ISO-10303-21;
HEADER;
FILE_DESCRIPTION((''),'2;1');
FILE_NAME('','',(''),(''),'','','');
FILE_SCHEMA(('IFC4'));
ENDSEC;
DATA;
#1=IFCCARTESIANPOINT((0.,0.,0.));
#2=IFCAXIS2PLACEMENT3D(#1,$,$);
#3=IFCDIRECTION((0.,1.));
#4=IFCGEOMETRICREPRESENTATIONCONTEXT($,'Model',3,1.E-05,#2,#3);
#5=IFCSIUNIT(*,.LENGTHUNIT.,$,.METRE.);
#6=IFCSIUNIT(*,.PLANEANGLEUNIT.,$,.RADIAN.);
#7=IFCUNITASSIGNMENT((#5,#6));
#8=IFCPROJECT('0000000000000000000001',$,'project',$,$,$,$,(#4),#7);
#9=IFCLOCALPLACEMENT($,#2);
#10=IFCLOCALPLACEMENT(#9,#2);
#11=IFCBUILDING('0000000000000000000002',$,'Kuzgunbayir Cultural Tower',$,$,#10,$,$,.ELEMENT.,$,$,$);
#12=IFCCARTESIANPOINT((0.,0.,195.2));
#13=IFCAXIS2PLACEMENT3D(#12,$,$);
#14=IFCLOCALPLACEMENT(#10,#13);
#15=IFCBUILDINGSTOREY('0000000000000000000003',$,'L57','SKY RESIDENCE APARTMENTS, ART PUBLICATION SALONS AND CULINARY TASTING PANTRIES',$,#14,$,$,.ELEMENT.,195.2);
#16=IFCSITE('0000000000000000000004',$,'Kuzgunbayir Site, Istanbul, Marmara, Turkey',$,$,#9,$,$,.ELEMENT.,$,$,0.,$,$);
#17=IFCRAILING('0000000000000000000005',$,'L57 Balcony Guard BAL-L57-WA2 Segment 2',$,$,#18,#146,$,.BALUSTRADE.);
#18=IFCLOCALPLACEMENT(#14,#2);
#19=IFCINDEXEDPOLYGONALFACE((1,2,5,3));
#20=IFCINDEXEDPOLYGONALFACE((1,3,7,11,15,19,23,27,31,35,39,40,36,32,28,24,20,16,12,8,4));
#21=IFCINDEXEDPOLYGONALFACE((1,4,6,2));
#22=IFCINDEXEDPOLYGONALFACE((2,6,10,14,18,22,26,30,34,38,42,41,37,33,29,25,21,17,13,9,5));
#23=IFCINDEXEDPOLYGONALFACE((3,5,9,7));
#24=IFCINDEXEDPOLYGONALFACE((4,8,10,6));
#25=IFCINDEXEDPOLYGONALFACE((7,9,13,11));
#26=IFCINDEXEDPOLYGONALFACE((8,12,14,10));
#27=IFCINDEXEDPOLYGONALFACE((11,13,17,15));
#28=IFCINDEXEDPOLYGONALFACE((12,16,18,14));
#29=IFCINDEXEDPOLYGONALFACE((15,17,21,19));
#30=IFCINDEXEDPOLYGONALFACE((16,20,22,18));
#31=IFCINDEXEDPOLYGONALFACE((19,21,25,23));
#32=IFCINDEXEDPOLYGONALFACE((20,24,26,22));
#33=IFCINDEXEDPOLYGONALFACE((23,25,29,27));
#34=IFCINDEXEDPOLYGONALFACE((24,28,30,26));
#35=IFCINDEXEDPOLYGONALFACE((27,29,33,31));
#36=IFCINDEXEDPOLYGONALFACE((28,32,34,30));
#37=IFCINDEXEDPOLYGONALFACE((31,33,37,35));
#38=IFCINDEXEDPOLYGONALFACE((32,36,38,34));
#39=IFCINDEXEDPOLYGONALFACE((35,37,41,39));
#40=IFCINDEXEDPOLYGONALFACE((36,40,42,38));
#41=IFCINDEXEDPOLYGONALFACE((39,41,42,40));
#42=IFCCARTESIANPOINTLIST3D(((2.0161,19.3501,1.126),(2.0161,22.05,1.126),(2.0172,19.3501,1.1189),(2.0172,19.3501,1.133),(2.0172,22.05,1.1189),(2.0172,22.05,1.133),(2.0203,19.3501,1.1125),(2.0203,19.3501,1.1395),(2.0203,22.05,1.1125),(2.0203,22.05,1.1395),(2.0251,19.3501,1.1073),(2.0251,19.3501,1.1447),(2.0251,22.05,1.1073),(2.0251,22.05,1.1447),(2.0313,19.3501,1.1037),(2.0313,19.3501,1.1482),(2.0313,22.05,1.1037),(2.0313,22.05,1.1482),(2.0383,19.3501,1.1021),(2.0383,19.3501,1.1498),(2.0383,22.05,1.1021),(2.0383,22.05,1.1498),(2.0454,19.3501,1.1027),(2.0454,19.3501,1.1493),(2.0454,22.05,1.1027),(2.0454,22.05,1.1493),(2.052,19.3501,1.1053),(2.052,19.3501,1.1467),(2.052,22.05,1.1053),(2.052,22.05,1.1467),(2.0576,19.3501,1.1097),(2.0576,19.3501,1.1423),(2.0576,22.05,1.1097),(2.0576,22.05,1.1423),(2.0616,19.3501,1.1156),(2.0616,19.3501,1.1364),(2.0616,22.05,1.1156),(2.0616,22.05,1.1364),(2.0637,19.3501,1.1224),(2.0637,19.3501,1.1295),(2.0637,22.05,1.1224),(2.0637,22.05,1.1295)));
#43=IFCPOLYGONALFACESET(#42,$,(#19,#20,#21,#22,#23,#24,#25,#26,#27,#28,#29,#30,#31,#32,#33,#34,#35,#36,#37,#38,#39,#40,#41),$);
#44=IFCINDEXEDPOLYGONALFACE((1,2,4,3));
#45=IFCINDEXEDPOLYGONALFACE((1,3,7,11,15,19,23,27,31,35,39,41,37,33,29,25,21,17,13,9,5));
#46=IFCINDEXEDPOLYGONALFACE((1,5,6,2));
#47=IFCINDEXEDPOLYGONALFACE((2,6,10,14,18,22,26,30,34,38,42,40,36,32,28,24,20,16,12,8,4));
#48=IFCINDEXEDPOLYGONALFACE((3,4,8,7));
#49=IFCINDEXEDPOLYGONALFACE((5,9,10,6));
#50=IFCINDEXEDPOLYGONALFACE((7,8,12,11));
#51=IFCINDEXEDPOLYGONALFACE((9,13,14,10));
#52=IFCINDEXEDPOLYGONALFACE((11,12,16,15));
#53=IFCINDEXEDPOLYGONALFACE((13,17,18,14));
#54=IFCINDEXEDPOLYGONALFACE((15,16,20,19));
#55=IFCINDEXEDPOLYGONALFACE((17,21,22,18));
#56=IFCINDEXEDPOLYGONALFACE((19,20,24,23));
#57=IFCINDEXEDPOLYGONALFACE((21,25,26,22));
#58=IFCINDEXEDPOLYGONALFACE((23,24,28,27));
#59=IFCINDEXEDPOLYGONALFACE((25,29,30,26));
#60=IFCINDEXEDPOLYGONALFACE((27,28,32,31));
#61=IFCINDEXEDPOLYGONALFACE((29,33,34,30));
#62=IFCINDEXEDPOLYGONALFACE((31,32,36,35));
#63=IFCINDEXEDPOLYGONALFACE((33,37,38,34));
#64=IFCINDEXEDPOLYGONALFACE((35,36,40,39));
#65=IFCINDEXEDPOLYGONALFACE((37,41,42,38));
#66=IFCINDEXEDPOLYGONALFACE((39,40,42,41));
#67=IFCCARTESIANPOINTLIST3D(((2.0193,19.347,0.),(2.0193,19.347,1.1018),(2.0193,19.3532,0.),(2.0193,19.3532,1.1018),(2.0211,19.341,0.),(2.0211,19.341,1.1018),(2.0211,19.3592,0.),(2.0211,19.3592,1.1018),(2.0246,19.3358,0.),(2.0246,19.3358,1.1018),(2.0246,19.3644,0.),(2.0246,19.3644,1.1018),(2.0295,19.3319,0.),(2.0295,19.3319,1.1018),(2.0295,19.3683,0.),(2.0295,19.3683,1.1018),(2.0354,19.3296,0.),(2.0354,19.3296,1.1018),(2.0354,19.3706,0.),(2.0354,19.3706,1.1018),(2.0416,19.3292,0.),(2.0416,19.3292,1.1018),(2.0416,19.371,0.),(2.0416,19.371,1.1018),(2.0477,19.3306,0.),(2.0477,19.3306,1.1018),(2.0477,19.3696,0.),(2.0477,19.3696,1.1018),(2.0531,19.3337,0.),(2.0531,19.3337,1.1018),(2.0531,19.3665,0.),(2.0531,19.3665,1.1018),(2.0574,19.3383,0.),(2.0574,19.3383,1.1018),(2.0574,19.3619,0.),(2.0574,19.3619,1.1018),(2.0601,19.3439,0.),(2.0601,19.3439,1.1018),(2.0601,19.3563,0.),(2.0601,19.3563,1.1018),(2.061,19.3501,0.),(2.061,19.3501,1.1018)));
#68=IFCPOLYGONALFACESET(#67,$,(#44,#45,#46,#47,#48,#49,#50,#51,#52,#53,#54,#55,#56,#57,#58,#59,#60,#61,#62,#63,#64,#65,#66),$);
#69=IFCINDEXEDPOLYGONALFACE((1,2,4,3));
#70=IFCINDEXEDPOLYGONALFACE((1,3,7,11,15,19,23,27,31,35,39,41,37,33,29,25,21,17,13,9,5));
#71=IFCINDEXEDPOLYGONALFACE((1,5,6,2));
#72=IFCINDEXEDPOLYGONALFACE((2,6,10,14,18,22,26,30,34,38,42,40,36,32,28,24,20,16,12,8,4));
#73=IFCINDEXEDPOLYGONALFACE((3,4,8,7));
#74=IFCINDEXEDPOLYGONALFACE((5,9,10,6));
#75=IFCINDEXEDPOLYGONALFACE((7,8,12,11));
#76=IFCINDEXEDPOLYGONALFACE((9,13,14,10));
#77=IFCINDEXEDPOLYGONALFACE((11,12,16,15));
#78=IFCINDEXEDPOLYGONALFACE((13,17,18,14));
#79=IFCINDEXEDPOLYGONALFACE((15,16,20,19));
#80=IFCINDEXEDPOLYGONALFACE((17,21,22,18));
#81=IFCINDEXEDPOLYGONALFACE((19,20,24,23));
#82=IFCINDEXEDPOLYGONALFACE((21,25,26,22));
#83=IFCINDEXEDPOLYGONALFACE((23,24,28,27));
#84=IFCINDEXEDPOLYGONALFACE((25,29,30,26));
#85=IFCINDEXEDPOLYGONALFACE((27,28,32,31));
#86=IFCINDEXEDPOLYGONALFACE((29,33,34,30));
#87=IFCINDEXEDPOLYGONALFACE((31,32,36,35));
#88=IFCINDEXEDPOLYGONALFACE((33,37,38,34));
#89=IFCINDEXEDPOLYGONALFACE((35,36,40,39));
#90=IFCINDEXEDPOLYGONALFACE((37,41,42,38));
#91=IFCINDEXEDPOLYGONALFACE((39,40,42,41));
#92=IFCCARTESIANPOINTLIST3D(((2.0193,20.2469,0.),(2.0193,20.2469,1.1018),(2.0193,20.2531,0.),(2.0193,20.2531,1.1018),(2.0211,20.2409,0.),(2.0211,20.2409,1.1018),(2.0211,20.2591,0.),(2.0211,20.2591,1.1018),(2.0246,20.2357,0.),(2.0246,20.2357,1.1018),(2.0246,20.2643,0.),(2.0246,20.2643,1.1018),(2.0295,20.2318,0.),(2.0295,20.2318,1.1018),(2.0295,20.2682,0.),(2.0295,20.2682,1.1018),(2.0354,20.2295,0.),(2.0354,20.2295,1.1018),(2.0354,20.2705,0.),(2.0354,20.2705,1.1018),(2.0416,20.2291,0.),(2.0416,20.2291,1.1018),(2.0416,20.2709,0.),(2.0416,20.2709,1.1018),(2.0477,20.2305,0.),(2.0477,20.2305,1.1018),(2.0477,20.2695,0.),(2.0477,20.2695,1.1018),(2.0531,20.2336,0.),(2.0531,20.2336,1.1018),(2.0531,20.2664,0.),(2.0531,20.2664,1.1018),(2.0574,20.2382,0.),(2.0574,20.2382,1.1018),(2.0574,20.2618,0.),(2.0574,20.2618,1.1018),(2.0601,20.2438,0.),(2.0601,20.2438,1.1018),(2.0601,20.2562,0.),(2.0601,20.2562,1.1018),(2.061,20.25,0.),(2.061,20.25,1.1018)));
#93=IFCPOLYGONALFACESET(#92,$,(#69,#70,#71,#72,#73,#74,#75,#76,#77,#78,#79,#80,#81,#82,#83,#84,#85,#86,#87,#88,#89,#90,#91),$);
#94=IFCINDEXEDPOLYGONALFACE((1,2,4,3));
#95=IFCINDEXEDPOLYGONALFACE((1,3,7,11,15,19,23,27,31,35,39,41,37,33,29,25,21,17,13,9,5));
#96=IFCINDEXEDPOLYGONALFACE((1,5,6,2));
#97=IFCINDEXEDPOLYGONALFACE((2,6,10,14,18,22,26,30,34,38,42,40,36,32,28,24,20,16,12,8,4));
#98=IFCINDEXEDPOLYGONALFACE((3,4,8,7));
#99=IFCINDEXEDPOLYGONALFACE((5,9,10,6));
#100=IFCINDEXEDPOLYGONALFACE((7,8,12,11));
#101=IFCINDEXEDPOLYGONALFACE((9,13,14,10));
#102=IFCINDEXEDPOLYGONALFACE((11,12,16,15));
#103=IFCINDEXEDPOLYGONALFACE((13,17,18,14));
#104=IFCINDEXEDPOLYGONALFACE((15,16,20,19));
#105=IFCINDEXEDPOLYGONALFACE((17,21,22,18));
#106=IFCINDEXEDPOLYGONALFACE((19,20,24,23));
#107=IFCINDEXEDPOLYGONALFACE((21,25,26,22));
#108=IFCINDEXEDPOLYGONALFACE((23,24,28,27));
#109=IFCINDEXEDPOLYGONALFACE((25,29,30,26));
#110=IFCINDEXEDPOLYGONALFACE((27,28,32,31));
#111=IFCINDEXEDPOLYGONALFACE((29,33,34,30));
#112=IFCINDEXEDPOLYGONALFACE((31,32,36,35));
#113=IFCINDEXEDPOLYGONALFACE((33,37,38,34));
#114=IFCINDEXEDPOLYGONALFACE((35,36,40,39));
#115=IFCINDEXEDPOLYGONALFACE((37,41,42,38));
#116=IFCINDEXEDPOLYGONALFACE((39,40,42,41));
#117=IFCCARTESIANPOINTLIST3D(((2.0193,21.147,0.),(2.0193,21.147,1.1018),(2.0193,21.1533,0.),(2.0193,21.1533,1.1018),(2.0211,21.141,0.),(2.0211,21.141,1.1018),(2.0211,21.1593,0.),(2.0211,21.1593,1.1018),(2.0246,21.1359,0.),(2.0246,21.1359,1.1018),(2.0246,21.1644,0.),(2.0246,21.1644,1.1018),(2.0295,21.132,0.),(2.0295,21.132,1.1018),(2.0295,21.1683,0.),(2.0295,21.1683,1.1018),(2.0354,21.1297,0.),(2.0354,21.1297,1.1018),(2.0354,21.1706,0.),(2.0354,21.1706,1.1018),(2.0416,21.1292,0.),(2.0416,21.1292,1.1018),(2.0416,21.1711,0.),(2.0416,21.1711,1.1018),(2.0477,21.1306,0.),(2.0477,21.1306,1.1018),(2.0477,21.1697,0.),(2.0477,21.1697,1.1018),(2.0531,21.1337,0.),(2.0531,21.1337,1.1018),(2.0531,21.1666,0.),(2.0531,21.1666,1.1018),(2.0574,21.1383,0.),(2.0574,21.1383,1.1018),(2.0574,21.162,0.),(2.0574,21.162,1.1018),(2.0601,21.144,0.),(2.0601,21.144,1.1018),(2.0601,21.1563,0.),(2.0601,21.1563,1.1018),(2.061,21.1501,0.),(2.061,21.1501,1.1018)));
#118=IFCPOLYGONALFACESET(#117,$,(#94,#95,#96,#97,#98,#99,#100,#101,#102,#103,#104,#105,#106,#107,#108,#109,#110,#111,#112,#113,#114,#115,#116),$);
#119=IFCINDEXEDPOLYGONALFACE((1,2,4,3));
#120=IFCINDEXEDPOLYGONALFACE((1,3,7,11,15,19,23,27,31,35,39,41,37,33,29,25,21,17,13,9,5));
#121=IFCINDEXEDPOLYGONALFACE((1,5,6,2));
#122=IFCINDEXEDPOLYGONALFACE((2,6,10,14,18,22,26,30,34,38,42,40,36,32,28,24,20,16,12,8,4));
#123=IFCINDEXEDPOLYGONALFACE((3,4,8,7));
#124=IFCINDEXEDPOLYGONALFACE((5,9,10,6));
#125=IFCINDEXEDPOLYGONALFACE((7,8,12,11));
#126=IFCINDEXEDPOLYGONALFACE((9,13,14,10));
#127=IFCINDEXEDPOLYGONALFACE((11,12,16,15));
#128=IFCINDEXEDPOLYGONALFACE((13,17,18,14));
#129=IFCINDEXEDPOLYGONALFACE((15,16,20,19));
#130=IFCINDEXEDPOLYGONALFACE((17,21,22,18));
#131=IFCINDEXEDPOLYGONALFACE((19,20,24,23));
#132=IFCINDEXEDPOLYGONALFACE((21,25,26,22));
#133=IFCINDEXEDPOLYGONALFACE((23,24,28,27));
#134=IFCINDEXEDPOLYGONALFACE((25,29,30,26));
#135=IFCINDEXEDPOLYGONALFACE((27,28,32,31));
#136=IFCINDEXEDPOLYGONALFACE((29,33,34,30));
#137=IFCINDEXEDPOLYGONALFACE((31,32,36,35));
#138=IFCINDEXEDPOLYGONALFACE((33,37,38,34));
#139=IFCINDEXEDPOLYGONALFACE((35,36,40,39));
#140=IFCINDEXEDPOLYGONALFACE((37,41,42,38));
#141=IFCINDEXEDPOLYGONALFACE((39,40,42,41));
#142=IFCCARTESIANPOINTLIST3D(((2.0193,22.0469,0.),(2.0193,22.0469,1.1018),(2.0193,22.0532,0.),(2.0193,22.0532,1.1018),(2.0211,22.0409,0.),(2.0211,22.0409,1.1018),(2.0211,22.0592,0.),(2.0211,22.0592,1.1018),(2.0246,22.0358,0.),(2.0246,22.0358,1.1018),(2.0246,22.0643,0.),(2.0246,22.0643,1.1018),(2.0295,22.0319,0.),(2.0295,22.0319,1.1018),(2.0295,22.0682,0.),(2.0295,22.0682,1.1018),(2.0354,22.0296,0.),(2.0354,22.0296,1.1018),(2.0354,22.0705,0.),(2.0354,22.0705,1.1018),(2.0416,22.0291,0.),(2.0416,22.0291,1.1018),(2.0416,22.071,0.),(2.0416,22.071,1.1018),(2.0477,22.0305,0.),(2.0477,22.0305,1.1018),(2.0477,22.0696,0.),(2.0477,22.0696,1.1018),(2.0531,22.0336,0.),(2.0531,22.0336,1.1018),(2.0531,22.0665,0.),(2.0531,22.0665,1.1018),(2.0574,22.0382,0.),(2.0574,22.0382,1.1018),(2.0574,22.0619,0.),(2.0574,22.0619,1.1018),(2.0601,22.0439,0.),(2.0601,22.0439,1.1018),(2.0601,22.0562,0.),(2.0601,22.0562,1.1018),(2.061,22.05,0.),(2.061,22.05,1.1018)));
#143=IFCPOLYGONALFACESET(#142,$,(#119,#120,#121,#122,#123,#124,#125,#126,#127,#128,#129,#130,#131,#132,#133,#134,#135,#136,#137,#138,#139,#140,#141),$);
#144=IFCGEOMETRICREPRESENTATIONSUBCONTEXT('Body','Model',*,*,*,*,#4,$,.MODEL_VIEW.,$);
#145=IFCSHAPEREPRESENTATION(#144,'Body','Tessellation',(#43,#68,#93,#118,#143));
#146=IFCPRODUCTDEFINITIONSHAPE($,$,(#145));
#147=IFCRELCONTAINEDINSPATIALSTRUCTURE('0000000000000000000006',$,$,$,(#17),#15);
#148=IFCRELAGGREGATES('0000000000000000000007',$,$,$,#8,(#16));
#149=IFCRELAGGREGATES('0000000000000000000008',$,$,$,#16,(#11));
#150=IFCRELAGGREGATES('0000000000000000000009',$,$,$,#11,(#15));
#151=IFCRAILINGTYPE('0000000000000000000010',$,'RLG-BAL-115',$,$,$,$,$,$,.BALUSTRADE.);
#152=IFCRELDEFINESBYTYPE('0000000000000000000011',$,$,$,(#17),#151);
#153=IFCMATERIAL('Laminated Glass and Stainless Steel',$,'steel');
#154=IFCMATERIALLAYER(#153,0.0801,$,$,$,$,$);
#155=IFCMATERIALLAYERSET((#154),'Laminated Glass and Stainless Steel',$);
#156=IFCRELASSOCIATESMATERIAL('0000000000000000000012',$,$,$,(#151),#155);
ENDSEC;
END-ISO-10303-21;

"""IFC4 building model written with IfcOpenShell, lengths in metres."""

from ifc_helpers import new_model, si_unit, direction, frame, origin, origin_2d, place, context, subcontext, project, spatial, circle, extrude, material, layer, layer_set, type_object, element, save


model = new_model("IFC4")

# Units and contexts
model_context = context("Model", 3, precision=1e-05, world=origin(), true_north=direction((0.0, 1.0)))
body_context = subcontext(model_context, "Body", "Model", "MODEL_VIEW")
ifc_project = project(units=[si_unit("LENGTHUNIT", "METRE"), si_unit("PLANEANGLEUNIT", "RADIAN")], contexts=[model_context])

# Site, building, storey
site_placement = place(None, origin())
site = spatial("IfcSite", under=ifc_project, at=site_placement, Name="Kuzgunbayir Site, Istanbul, Marmara, Turkey", CompositionType="ELEMENT", RefElevation=0.0)
building_placement = place(site_placement, origin())
building = spatial("IfcBuilding", under=site, at=building_placement, Name="Kuzgunbayir Cultural Tower", CompositionType="ELEMENT")
storey_placement = place(building_placement, frame((0.0, 0.0, 195.2)))
storey = spatial("IfcBuildingStorey", under=building, at=storey_placement, Name="L57", Description="SKY RESIDENCE APARTMENTS, ART PUBLICATION SALONS AND CULINARY TASTING PANTRIES", CompositionType="ELEMENT", Elevation=195.2)

# Railing
ifc_material_1 = material(Name="Laminated Glass and Stainless Steel", Category="steel")
ifc_layer_1 = layer(ifc_material_1, 0.0801)
ifc_layer_set_1 = layer_set([ifc_layer_1], Name="Laminated Glass and Stainless Steel")
railing_type = type_object("IfcRailingType", Name="RLG-BAL-115", PredefinedType="BALUSTRADE", material=ifc_layer_set_1)
railing_1_placement = place(storey_placement, frame((2.04, 19.3501, 0.0)))
element("IfcRailing", 1, at=railing_1_placement, inside=storey, type_object=railing_type, Name="L57 Balcony Guard BAL-L57-WA2 Segment 2", PredefinedType="BALUSTRADE", context=body_context, shape_type="SweptSolid", body=[
    extrude(circle(Radius=0.0239, at=origin_2d()), frame((0.0, 0.0, 1.126), z_axis=(0.0, 1.0, 0.0), x_axis=(-1.0, 0.0, 0.0)), (0.0, 0.0, 1.0), 2.7),
    extrude(circle(Radius=0.021, at=origin_2d()), origin(), (0.0, 0.0, 1.0), 1.1018),
    extrude(circle(Radius=0.021, at=origin_2d()), frame((0.0, 0.8999, 0.0)), (0.0, 0.0, 1.0), 1.1018),
    extrude(circle(Radius=0.021, at=origin_2d()), frame((0.0, 1.8, 0.0)), (0.0, 0.0, 1.0), 1.1018),
    extrude(circle(Radius=0.021, at=origin_2d()), frame((0.0, 2.7, 0.0)), (0.0, 0.0, 1.0), 1.1018),
])

save(model, "model.ifc")
